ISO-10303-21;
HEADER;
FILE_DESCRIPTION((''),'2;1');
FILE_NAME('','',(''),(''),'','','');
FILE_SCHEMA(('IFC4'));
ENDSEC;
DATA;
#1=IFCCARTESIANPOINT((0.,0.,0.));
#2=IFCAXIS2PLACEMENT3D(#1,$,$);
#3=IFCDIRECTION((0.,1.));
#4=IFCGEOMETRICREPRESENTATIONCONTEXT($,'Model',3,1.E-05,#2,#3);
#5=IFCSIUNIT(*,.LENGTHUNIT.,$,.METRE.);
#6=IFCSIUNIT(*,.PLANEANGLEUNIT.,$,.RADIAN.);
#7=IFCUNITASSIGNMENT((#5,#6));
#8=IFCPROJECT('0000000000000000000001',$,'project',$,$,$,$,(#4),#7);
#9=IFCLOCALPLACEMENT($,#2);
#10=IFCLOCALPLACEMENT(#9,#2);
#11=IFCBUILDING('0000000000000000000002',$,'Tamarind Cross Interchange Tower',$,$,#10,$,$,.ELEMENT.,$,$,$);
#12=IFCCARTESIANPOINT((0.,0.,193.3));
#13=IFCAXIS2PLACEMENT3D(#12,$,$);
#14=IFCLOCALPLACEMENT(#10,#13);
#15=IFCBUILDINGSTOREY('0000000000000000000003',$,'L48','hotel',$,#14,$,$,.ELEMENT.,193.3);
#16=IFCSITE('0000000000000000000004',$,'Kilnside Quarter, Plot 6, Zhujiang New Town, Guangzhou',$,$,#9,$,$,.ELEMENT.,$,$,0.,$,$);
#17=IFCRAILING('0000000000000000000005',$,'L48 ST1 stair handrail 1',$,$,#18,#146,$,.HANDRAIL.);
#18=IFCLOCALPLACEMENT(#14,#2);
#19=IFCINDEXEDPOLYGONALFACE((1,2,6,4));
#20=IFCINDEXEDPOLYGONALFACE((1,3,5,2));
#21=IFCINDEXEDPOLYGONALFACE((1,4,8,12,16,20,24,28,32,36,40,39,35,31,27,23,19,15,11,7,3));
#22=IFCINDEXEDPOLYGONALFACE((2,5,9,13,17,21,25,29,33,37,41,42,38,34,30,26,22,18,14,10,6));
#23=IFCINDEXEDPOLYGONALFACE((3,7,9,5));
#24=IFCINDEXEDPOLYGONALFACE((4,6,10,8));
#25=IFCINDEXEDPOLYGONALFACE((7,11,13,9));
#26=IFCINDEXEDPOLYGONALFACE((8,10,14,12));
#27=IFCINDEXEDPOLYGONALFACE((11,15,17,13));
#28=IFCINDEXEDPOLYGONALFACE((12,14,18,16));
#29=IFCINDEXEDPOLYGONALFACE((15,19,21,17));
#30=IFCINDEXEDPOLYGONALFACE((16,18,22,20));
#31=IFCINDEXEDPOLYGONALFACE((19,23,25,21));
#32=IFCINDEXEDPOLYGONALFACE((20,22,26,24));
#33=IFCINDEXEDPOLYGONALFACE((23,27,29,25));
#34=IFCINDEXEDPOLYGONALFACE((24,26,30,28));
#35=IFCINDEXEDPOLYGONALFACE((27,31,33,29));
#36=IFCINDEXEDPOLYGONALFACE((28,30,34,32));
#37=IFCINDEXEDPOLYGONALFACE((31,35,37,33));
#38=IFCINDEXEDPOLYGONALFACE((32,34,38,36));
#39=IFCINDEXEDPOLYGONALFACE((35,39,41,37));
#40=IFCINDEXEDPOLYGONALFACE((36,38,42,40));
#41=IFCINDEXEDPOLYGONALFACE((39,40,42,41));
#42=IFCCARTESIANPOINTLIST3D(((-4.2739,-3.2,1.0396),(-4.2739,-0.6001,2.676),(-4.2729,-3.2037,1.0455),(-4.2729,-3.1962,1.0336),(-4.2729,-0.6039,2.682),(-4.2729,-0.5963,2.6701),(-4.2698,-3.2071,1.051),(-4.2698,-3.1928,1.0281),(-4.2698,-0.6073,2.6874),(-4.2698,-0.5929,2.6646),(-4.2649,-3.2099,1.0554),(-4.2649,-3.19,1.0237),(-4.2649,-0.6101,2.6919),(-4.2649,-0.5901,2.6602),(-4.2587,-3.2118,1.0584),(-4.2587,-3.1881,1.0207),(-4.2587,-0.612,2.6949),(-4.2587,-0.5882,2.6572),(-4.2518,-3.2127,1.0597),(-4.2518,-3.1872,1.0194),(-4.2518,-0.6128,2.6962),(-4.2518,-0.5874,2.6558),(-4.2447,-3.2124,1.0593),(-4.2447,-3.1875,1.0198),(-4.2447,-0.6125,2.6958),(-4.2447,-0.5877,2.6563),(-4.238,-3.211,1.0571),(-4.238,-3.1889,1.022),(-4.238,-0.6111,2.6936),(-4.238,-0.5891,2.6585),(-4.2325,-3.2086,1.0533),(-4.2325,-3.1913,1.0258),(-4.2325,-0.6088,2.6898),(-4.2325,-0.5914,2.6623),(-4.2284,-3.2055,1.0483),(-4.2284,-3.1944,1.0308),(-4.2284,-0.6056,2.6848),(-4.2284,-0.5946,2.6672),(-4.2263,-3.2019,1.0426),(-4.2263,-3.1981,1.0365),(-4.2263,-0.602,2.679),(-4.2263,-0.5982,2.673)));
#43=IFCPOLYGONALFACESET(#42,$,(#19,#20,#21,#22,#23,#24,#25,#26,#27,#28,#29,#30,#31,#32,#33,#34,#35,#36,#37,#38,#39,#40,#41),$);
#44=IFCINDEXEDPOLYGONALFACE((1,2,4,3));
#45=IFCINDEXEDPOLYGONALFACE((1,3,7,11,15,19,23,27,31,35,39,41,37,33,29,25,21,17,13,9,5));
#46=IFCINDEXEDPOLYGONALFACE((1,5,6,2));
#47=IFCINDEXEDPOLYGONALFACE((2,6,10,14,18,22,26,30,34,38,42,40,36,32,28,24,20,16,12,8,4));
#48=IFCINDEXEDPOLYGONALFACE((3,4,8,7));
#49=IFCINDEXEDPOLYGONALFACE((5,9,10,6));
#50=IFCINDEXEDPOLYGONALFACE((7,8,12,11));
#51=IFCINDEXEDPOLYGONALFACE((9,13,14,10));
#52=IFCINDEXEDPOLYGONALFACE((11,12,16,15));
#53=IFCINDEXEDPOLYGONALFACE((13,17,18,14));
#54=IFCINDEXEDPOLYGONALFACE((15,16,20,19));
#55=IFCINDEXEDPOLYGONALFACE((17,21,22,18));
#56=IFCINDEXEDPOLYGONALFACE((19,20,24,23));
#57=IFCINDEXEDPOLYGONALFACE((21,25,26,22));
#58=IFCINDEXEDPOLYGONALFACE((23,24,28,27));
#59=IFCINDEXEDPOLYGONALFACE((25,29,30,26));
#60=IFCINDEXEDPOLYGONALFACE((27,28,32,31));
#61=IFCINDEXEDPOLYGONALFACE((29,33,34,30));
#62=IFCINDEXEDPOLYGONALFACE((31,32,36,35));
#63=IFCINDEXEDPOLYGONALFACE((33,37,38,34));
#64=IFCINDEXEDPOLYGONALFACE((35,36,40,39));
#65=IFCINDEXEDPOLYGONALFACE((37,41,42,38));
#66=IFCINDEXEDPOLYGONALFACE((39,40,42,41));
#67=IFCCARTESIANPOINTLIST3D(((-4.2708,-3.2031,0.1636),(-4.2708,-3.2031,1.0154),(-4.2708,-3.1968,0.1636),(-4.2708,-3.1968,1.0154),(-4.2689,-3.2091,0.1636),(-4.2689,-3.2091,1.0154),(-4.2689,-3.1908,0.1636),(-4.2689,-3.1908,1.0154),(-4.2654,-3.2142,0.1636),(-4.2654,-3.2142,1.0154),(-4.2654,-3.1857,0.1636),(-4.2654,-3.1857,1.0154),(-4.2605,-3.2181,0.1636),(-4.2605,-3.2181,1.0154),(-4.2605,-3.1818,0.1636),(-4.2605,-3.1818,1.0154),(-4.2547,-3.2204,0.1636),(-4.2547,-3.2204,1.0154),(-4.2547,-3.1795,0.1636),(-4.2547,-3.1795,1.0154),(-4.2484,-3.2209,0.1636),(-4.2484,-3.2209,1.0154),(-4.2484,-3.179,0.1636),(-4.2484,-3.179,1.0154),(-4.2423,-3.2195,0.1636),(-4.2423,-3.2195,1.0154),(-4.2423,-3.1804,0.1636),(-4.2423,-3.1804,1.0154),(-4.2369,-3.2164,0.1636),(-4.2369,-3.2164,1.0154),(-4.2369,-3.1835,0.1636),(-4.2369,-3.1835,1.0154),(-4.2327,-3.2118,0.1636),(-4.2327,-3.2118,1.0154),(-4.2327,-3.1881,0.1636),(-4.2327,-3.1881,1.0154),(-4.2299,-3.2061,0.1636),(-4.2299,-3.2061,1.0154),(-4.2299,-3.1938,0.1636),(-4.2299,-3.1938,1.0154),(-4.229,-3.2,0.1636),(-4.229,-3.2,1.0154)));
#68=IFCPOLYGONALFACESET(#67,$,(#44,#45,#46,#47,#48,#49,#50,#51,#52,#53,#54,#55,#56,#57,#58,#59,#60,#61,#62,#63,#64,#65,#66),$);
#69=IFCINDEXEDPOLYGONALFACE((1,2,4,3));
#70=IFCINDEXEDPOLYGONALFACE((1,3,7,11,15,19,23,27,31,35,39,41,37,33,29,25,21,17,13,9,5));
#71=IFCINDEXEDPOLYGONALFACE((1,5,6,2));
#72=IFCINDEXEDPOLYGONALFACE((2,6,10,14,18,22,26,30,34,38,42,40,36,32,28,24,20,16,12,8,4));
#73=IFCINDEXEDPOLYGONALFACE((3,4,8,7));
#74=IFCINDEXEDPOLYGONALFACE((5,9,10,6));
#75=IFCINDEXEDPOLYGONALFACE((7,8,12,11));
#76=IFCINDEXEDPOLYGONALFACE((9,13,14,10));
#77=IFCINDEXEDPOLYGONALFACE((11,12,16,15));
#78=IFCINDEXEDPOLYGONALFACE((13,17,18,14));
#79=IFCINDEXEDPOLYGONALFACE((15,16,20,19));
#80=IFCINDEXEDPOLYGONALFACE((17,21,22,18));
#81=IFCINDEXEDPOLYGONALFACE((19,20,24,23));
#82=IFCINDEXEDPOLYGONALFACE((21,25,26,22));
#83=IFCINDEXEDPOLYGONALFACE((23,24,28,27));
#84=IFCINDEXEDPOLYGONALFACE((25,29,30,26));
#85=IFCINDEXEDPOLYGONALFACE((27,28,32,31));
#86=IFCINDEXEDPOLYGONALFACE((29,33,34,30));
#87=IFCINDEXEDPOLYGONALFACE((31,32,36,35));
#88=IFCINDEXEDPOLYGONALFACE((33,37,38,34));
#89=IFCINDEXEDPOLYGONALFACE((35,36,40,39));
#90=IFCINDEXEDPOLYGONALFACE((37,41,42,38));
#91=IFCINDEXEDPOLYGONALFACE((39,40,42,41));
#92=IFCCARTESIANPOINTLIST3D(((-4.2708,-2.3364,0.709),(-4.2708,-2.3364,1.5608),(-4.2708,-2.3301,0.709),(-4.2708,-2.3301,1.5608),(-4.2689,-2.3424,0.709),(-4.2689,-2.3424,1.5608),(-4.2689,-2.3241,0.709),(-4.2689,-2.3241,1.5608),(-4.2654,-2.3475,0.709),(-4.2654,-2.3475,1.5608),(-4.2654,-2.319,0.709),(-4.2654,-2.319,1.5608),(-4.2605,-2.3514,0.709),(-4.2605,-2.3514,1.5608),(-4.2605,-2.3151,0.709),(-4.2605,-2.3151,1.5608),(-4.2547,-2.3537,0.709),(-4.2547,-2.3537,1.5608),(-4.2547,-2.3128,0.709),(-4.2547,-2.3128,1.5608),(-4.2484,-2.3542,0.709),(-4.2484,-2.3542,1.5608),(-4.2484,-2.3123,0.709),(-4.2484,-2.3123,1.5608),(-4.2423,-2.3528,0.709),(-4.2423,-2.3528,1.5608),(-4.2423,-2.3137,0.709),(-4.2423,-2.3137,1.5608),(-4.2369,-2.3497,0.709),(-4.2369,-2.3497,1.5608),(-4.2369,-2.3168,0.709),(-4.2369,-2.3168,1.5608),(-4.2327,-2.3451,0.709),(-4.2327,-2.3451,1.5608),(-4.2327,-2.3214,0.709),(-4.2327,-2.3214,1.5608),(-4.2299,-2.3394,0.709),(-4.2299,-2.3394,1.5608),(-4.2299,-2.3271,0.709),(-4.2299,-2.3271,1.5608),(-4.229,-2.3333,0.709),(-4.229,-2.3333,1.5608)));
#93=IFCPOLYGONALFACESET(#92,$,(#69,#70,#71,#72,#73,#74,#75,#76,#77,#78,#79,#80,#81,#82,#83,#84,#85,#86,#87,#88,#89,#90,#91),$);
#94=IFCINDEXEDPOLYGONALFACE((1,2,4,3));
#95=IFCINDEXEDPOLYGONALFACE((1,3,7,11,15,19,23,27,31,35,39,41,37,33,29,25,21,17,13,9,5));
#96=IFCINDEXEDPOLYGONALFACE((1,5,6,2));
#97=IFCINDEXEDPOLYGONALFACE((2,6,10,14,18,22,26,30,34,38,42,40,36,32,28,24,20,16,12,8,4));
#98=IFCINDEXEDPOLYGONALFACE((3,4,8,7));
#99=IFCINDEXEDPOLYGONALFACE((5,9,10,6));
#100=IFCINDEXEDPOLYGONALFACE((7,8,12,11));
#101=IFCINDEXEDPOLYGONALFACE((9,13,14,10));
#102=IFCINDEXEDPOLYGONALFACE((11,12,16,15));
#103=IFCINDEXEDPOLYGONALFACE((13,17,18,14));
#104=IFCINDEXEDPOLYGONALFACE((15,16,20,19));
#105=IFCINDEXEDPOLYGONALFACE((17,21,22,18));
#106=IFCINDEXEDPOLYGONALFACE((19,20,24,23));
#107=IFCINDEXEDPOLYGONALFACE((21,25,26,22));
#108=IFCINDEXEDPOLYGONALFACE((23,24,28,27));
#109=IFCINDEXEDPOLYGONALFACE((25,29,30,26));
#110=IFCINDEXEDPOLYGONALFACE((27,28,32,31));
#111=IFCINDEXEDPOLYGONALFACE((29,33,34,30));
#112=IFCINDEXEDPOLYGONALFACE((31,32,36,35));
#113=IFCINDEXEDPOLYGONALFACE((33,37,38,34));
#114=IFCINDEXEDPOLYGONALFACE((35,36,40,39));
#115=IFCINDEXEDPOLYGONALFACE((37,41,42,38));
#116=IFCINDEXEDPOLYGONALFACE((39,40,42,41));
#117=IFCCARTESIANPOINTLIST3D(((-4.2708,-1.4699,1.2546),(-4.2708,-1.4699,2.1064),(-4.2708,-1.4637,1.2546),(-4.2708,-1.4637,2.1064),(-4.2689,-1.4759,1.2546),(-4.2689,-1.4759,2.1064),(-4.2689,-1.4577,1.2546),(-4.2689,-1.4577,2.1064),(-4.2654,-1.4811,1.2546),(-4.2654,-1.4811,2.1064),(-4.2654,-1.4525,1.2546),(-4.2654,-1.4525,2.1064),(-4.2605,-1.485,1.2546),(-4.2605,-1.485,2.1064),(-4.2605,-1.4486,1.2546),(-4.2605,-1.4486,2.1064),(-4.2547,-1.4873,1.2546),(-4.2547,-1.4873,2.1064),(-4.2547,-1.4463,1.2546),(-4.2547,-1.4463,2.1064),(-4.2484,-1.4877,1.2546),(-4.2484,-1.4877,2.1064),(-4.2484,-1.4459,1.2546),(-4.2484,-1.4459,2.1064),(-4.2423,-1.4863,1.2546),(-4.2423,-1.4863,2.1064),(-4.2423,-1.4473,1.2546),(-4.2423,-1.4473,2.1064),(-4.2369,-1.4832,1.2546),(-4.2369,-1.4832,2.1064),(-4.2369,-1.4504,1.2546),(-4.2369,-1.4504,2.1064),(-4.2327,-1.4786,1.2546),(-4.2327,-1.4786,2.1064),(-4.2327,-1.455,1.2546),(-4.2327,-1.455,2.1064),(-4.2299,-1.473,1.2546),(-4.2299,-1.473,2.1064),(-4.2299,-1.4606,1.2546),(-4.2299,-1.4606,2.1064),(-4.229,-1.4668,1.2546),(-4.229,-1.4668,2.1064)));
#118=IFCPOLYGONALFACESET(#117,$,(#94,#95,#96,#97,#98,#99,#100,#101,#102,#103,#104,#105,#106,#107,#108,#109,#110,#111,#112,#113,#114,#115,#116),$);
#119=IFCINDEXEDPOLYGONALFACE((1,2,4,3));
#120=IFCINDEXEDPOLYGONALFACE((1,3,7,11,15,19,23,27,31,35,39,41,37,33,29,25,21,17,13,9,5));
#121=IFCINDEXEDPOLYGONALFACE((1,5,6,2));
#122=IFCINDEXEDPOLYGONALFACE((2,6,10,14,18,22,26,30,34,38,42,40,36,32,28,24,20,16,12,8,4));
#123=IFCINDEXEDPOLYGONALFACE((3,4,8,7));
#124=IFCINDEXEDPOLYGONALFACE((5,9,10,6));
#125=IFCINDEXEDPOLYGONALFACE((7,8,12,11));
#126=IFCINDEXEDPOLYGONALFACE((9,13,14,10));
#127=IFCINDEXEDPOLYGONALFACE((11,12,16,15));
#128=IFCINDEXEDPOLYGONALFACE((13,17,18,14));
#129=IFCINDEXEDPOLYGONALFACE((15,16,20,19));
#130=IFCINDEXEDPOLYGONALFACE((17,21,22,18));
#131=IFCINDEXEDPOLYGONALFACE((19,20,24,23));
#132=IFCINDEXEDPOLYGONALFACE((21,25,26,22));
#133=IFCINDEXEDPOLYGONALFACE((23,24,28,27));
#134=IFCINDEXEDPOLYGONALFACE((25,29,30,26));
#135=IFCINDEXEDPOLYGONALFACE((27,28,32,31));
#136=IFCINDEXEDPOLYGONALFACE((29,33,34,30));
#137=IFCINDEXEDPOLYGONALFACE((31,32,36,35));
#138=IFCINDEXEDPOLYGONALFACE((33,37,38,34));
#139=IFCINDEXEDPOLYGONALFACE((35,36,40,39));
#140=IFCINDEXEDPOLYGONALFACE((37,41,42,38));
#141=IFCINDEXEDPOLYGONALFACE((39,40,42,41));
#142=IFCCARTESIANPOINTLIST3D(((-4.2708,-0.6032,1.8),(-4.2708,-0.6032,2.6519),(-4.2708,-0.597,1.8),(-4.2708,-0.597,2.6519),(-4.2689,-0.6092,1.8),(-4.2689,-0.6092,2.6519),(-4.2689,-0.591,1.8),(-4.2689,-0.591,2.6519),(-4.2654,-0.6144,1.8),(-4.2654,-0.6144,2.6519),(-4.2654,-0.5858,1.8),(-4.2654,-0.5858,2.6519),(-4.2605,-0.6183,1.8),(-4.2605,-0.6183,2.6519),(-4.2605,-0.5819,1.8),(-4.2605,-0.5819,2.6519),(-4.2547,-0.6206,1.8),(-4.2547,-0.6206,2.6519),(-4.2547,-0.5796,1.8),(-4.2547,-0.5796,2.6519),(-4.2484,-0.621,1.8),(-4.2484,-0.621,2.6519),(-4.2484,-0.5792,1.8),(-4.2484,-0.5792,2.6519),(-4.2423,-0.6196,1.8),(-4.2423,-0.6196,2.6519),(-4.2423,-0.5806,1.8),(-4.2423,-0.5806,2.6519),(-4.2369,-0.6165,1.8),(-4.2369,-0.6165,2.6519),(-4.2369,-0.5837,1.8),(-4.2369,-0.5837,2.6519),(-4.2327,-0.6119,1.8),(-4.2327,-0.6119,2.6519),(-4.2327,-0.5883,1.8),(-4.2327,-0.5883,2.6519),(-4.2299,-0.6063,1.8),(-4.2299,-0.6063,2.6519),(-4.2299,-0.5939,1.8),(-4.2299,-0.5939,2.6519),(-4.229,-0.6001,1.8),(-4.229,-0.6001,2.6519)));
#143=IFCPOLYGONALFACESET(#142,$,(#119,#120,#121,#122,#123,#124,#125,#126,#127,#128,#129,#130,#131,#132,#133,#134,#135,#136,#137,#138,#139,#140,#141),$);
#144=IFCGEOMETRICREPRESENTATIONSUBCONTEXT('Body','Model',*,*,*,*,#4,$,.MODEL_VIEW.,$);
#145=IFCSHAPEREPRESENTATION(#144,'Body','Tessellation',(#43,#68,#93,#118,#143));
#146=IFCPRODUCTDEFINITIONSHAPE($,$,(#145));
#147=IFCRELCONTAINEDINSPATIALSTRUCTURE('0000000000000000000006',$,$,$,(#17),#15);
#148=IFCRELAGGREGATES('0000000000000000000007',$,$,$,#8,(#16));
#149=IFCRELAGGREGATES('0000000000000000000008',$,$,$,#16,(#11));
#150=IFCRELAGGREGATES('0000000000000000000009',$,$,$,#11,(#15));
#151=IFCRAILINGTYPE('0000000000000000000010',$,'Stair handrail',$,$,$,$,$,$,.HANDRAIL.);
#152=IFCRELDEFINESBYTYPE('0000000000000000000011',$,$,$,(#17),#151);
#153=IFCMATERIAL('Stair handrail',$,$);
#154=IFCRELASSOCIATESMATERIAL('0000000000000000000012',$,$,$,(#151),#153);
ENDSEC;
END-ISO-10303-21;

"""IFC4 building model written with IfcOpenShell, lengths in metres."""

from ifc_helpers import new_model, si_unit, direction, frame, origin, origin_2d, place, context, subcontext, project, spatial, circle, extrude, material, type_object, element, save


model = new_model("IFC4")

# Units and contexts
model_context = context("Model", 3, precision=1e-05, world=origin(), true_north=direction((0.0, 1.0)))
body_context = subcontext(model_context, "Body", "Model", "MODEL_VIEW")
ifc_project = project(units=[si_unit("LENGTHUNIT", "METRE"), si_unit("PLANEANGLEUNIT", "RADIAN")], contexts=[model_context])

# Site, building, storey
site_placement = place(None, origin())
site = spatial("IfcSite", under=ifc_project, at=site_placement, Name="Kilnside Quarter, Plot 6, Zhujiang New Town, Guangzhou", CompositionType="ELEMENT", RefElevation=0.0)
building_placement = place(site_placement, origin())
building = spatial("IfcBuilding", under=site, at=building_placement, Name="Tamarind Cross Interchange Tower", CompositionType="ELEMENT")
storey_placement = place(building_placement, frame((0.0, 0.0, 193.3)))
storey = spatial("IfcBuildingStorey", under=building, at=storey_placement, Name="L48", Description="hotel", CompositionType="ELEMENT", Elevation=193.3)

# Railing
ifc_material_1 = material(Name="Stair handrail")
railing_type_1 = type_object("IfcRailingType", Name="Stair handrail", PredefinedType="HANDRAIL", material=ifc_material_1)
railing_1_placement = place(storey_placement, frame((-4.25, -3.2, 0.1636)))
element("IfcRailing", 1, at=railing_1_placement, inside=storey, type_object=railing_type_1, Name="L48 ST1 stair handrail 1", PredefinedType="HANDRAIL", context=body_context, shape_type="SweptSolid", body=[
    extrude(circle(Radius=0.0239, at=origin_2d()), frame((0.0, 0.0, 0.876), z_axis=(0.0, 0.846302, 0.532704), x_axis=(-1.0, 0.0, 0.0)), (0.0, 0.0, 1.0), 3.072),
    extrude(circle(Radius=0.021, at=origin_2d()), origin(), (0.0, 0.0, 1.0), 0.8518),
    extrude(circle(Radius=0.021, at=origin_2d()), frame((0.0, 0.8667, 0.5454)), (0.0, 0.0, 1.0), 0.8518),
    extrude(circle(Radius=0.021, at=origin_2d()), frame((0.0, 1.7332, 1.0911)), (0.0, 0.0, 1.0), 0.8518),
    extrude(circle(Radius=0.021, at=origin_2d()), frame((0.0, 2.5999, 1.6365)), (0.0, 0.0, 1.0), 0.8518),
])

save(model, "model.ifc")
